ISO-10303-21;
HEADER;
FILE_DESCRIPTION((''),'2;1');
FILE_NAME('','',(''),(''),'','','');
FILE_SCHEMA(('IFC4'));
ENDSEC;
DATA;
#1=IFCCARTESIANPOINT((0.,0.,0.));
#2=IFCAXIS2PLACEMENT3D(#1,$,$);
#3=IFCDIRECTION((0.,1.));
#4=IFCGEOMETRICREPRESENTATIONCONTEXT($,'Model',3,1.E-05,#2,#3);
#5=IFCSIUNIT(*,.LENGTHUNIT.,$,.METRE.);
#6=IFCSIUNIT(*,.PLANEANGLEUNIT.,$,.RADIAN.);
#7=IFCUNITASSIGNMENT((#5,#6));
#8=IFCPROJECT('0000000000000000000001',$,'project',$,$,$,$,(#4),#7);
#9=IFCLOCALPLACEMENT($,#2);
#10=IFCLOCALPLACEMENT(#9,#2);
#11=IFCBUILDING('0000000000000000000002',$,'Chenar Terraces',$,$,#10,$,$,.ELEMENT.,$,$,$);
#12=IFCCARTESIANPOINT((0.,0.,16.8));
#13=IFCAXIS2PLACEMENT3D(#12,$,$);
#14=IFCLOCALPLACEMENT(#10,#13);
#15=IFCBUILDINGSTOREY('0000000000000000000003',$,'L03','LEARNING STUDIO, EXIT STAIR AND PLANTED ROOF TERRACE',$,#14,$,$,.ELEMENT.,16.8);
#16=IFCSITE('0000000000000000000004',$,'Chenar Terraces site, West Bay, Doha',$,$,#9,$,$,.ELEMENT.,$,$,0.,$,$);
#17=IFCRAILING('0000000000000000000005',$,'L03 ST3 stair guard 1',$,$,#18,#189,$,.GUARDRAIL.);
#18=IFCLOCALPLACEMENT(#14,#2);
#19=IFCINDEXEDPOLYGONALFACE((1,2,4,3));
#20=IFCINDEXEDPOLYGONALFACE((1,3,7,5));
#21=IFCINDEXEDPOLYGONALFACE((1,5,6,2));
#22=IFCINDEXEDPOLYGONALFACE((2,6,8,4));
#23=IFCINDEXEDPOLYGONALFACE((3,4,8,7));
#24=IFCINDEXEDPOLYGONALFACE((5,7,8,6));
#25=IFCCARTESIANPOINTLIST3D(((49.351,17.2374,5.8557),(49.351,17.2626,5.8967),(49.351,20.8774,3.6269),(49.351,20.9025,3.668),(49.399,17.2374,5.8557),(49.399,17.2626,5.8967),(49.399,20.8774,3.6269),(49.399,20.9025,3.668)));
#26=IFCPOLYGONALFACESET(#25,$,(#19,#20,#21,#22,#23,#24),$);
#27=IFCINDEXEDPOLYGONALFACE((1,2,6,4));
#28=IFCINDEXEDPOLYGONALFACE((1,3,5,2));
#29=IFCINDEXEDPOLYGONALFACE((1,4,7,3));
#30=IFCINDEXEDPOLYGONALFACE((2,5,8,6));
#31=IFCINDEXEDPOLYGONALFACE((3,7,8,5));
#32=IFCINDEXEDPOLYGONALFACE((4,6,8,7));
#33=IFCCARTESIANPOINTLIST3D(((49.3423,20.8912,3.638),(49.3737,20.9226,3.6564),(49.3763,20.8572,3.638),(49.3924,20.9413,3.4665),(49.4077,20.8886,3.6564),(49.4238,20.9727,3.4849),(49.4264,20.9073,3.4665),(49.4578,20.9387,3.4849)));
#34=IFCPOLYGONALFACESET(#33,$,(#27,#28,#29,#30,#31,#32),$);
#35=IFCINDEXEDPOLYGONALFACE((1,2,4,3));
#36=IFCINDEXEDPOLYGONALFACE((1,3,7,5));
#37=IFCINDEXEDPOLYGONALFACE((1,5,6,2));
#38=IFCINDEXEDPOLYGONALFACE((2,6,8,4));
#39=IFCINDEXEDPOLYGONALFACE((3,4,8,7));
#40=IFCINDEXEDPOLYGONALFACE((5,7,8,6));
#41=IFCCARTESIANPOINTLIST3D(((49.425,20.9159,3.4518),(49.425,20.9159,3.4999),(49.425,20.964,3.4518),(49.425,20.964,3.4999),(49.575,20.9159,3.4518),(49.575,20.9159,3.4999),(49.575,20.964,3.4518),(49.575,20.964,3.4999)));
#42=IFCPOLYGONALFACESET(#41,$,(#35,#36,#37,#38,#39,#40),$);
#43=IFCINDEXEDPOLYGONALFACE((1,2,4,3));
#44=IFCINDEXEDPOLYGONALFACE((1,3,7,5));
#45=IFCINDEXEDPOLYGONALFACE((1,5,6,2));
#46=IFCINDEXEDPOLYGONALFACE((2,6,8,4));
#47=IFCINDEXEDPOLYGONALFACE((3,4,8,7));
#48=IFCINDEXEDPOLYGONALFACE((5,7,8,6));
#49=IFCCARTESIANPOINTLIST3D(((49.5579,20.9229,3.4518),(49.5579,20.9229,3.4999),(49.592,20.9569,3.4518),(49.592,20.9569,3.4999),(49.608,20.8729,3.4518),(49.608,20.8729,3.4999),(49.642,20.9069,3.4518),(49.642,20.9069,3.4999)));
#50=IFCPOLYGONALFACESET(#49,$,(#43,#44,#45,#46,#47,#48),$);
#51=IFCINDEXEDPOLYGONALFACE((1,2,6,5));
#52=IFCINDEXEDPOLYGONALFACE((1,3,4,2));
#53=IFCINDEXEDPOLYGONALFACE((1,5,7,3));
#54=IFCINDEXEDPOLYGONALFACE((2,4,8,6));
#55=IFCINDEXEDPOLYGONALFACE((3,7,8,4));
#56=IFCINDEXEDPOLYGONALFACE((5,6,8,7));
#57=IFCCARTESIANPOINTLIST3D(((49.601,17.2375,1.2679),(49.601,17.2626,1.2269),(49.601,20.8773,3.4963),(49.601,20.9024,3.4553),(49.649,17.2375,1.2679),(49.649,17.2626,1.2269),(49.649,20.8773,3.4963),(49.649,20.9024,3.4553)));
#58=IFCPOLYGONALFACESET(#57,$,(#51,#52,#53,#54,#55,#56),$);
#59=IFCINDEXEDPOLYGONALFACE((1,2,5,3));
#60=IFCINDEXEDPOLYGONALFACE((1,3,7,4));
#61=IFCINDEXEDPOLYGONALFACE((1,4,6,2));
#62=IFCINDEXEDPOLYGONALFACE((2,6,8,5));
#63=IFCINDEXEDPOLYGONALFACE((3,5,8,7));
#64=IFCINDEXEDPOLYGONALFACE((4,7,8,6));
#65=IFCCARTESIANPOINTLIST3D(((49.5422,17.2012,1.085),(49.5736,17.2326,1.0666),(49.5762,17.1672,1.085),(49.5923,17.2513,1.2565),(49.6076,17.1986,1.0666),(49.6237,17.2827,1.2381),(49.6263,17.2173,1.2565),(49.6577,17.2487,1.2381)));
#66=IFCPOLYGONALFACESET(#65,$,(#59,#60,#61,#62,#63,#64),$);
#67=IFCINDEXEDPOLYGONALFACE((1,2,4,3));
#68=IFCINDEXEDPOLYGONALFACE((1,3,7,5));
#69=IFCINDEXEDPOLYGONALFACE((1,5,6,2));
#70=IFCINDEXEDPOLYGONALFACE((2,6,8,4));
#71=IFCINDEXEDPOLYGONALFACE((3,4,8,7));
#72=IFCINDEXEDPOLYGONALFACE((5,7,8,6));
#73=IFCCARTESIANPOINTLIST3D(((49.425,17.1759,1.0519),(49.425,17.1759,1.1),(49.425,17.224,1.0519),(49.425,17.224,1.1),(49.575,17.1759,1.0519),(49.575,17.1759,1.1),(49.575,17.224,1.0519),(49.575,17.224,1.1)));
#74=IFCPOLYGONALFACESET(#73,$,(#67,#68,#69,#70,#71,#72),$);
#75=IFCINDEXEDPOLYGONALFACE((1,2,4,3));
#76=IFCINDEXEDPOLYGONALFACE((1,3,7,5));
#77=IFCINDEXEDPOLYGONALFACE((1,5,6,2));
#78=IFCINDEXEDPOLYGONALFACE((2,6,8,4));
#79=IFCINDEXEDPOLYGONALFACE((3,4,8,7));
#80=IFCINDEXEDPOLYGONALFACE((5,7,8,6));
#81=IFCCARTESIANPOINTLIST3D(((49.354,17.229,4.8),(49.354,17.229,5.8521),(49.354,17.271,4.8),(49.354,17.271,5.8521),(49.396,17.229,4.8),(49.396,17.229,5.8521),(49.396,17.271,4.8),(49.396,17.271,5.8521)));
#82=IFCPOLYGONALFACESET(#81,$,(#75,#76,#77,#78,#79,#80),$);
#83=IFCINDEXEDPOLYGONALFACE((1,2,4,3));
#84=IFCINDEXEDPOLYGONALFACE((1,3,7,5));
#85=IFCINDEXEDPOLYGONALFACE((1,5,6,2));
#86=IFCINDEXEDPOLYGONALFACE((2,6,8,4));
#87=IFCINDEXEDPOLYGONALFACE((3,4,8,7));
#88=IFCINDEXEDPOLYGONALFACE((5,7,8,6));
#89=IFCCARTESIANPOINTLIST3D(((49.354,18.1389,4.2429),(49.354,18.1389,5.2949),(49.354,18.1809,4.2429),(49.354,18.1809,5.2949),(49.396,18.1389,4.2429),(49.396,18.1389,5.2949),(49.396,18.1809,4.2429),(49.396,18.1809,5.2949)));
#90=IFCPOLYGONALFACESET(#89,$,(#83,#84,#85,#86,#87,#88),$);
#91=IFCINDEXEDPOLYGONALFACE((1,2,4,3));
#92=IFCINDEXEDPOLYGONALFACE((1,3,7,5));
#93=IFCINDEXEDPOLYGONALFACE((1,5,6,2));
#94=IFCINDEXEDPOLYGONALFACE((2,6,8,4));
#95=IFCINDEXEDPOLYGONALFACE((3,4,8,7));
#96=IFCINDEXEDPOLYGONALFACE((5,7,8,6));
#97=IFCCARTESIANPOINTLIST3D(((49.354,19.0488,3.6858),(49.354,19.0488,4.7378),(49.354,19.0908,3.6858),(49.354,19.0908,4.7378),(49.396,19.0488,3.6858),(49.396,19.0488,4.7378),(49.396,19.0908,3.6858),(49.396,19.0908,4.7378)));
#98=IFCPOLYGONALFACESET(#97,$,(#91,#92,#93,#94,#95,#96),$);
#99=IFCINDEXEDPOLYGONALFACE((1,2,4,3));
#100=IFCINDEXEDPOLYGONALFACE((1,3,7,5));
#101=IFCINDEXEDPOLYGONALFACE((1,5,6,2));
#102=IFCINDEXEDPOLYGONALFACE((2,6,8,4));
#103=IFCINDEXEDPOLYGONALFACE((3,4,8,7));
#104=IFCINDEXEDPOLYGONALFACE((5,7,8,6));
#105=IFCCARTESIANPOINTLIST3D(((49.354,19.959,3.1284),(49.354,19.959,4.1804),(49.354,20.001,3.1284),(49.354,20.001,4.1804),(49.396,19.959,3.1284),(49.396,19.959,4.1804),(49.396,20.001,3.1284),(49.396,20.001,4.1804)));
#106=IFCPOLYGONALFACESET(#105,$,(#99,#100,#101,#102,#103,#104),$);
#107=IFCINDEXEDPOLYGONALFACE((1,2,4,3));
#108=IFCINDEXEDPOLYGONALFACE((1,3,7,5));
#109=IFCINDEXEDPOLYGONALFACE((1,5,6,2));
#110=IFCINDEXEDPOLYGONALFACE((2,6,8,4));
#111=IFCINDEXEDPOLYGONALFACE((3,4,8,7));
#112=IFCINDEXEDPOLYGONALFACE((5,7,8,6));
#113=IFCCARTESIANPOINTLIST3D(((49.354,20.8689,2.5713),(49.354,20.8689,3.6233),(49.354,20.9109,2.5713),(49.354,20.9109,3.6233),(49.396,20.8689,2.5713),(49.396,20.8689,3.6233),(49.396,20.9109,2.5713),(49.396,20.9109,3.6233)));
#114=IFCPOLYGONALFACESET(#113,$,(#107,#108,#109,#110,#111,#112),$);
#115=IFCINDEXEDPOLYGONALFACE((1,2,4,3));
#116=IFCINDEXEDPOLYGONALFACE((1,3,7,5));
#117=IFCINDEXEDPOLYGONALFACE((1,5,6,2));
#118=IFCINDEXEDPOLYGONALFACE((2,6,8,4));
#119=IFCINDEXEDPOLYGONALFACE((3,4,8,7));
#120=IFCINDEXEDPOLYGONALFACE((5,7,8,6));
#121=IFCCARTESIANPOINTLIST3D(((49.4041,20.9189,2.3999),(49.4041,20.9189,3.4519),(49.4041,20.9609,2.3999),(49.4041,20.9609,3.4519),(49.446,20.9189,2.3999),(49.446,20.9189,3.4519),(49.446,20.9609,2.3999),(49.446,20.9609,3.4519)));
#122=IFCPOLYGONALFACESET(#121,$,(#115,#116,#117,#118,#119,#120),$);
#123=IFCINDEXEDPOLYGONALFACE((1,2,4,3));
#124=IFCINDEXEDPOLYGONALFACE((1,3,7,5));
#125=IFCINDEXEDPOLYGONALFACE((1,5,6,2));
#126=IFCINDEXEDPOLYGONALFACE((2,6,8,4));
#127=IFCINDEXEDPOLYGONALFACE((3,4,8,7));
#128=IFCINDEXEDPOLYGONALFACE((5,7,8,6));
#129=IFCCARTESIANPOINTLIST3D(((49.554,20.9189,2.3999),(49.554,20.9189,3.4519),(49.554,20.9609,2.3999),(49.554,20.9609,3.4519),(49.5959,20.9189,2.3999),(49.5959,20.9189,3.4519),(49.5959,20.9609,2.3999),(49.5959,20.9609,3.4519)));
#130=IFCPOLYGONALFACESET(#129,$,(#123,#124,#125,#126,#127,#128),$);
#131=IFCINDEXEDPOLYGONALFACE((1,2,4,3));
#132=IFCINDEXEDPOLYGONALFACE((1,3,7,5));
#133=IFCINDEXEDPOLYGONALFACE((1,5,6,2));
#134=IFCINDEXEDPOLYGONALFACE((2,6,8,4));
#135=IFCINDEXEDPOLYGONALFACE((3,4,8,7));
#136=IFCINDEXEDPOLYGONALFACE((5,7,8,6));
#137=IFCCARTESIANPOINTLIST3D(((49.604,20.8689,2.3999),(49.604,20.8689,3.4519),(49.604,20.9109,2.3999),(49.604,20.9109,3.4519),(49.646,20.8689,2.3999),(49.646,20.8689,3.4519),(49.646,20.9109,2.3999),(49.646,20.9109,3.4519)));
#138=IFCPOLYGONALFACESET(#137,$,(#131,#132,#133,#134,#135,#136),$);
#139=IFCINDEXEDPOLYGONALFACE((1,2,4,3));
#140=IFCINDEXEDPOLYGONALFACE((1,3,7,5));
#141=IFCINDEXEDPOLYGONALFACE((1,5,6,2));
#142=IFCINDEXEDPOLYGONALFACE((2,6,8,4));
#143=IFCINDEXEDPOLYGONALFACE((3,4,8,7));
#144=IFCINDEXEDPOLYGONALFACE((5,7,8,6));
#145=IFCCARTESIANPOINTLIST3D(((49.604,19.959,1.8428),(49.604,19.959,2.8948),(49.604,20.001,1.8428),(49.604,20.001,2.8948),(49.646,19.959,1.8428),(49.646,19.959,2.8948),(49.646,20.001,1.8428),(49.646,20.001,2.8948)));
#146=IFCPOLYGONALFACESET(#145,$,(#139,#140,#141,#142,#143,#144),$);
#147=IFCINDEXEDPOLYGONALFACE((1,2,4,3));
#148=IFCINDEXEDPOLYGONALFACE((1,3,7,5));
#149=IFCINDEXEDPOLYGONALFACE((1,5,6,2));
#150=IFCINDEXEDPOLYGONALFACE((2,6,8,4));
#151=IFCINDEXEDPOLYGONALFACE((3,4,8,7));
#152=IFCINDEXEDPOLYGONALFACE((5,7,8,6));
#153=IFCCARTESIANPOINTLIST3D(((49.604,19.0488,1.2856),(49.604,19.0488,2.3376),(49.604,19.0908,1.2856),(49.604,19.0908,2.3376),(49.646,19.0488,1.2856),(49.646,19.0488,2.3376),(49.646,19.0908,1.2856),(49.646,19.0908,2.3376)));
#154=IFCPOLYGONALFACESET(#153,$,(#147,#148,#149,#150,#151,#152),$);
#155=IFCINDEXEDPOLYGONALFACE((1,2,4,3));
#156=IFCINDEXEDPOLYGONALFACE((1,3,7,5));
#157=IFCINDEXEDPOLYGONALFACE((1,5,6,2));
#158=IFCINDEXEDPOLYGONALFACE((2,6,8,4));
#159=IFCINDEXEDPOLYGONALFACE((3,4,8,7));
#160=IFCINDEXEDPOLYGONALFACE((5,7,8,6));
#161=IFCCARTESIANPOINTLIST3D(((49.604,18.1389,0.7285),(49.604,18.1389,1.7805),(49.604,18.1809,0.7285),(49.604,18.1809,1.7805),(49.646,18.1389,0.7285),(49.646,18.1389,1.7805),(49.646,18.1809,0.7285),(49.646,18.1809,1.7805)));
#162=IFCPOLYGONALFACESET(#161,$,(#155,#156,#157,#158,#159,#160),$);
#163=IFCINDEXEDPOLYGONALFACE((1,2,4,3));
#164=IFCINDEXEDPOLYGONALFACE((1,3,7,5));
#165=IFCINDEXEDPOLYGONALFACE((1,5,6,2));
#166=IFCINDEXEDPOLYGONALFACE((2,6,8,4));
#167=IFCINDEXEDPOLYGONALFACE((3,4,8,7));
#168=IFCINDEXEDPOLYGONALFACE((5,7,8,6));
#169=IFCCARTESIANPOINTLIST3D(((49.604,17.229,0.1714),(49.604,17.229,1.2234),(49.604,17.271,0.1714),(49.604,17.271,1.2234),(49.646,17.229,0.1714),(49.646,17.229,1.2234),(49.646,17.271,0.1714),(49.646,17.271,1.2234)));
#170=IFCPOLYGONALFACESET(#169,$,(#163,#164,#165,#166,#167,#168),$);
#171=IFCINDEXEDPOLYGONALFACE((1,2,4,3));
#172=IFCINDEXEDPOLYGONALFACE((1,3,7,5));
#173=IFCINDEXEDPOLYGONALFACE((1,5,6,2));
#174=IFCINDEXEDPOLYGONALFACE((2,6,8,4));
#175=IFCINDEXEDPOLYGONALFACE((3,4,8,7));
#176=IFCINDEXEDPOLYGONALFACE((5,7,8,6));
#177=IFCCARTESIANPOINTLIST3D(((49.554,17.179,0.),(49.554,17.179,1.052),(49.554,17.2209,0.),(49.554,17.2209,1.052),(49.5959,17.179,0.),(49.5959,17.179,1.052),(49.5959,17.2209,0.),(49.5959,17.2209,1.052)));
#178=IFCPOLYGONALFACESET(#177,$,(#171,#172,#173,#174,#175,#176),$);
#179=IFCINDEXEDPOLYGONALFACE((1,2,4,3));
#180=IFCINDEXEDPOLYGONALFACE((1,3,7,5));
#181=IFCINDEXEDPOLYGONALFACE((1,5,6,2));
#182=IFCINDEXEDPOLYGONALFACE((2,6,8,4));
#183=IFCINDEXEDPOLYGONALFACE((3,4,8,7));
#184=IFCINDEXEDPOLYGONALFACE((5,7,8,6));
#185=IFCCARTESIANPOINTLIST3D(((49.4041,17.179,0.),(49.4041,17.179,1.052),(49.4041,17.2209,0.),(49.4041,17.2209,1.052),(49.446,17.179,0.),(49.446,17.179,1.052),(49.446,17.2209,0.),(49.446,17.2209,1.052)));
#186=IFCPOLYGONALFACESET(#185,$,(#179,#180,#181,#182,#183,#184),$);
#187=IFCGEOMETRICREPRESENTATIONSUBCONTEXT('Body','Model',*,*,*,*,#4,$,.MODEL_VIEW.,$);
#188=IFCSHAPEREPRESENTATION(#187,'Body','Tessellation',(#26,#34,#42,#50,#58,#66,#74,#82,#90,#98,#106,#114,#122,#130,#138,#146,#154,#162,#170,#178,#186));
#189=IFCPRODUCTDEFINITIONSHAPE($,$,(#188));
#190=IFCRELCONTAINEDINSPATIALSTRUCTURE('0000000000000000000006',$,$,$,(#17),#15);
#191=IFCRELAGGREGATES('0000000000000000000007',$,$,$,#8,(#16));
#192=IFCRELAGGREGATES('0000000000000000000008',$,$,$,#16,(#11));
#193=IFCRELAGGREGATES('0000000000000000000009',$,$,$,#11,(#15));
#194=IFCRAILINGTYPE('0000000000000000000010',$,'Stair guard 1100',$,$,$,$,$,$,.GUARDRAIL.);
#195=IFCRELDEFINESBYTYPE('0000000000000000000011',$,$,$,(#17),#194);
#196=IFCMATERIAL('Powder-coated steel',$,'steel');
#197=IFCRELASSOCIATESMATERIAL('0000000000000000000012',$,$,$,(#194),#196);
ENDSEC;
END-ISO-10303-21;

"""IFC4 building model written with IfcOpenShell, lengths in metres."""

from ifc_helpers import new_model, si_unit, direction, frame, origin, origin_2d, place, context, subcontext, project, spatial, rectangle, extrude, material, type_object, element, save


model = new_model("IFC4")

# Units and contexts
model_context = context("Model", 3, precision=1e-05, world=origin(), true_north=direction((0.0, 1.0)))
body_context = subcontext(model_context, "Body", "Model", "MODEL_VIEW")
ifc_project = project(units=[si_unit("LENGTHUNIT", "METRE"), si_unit("PLANEANGLEUNIT", "RADIAN")], contexts=[model_context])

# Site, building, storey
site_placement = place(None, origin())
site = spatial("IfcSite", under=ifc_project, at=site_placement, Name="Chenar Terraces site, West Bay, Doha", CompositionType="ELEMENT", RefElevation=0.0)
building_placement = place(site_placement, origin())
building = spatial("IfcBuilding", under=site, at=building_placement, Name="Chenar Terraces", CompositionType="ELEMENT")
storey_placement = place(building_placement, frame((0.0, 0.0, 16.8)))
storey = spatial("IfcBuildingStorey", under=building, at=storey_placement, Name="L03", Description="LEARNING STUDIO, EXIT STAIR AND PLANTED ROOF TERRACE", CompositionType="ELEMENT", Elevation=16.8)

# Railing
ifc_material_1 = material(Name="Powder-coated steel", Category="steel")
railing_type_1 = type_object("IfcRailingType", Name="Stair guard 1100", PredefinedType="GUARDRAIL", material=ifc_material_1)
railing_1_placement = place(storey_placement, frame((49.375, 17.25, 4.8)))
element("IfcRailing", 1, at=railing_1_placement, inside=storey, type_object=railing_type_1, Name="L03 ST3 stair guard 1", PredefinedType="GUARDRAIL", context=body_context, shape_type="SweptSolid", body=[
    extrude(rectangle(XDim=0.0481, YDim=0.0481, at=origin_2d()), frame((0.0, 0.0, 1.0762), z_axis=(0.0, 0.852825, -0.522197), x_axis=(-1.0, 0.0, 0.0)), (0.0, 0.0, 1.0), 4.2681),
    extrude(rectangle(XDim=0.0481, YDim=0.0481, at=origin_2d()), frame((0.0, 3.6399, -1.1528), z_axis=(0.269911, 0.269911, -0.924281), x_axis=(-0.707107, 0.707107, 0.0)), (0.0, 0.0, 1.0), 0.1855),
    extrude(rectangle(XDim=0.0481, YDim=0.0481, at=origin_2d()), frame((0.05, 3.6899, -1.3242), z_axis=(1.0, 0.0, 0.0), x_axis=(0.0, 1.0, 0.0)), (0.0, 0.0, 1.0), 0.1499),
    extrude(rectangle(XDim=0.0481, YDim=0.0481, at=origin_2d()), frame((0.2, 3.6899, -1.3242), z_axis=(0.707107, -0.707107, 0.0), x_axis=(0.707107, 0.707107, 0.0)), (0.0, 0.0, 1.0), 0.0708),
    extrude(rectangle(XDim=0.0481, YDim=0.0481, at=origin_2d()), frame((0.25, 3.6399, -1.3242), z_axis=(0.0, -0.85285, -0.522156), x_axis=(1.0, 0.0, 0.0)), (0.0, 0.0, 1.0), 4.2678),
    extrude(rectangle(XDim=0.0481, YDim=0.0481, at=origin_2d()), frame((0.25, 0.0, -3.5527), z_axis=(-0.269911, -0.269911, -0.924281), x_axis=(0.707107, -0.707107, 0.0)), (0.0, 0.0, 1.0), 0.1855),
    extrude(rectangle(XDim=0.0481, YDim=0.0481, at=origin_2d()), frame((0.2, -0.05, -3.7241), z_axis=(-1.0, 0.0, 0.0), x_axis=(0.0, -1.0, 0.0)), (0.0, 0.0, 1.0), 0.1499),
    extrude(rectangle(XDim=0.042, YDim=0.042, at=origin_2d()), origin(), (0.0, 0.0, 1.0), 1.052),
    extrude(rectangle(XDim=0.042, YDim=0.042, at=origin_2d()), frame((0.0, 0.9099, -0.5571)), (0.0, 0.0, 1.0), 1.052),
    extrude(rectangle(XDim=0.042, YDim=0.042, at=origin_2d()), frame((0.0, 1.8198, -1.1143)), (0.0, 0.0, 1.0), 1.052),
    extrude(rectangle(XDim=0.042, YDim=0.042, at=origin_2d()), frame((0.0, 2.73, -1.6716)), (0.0, 0.0, 1.0), 1.052),
    extrude(rectangle(XDim=0.042, YDim=0.042, at=origin_2d()), frame((0.0, 3.6399, -2.2288)), (0.0, 0.0, 1.0), 1.052),
    extrude(rectangle(XDim=0.042, YDim=0.042, at=origin_2d()), frame((0.05, 3.6899, -2.4001)), (0.0, 0.0, 1.0), 1.052),
    extrude(rectangle(XDim=0.042, YDim=0.042, at=origin_2d()), frame((0.2, 3.6899, -2.4001)), (0.0, 0.0, 1.0), 1.052),
    extrude(rectangle(XDim=0.042, YDim=0.042, at=origin_2d()), frame((0.25, 3.6399, -2.4001)), (0.0, 0.0, 1.0), 1.052),
    extrude(rectangle(XDim=0.042, YDim=0.042, at=origin_2d()), frame((0.25, 2.73, -2.9573)), (0.0, 0.0, 1.0), 1.052),
    extrude(rectangle(XDim=0.042, YDim=0.042, at=origin_2d()), frame((0.25, 1.8198, -3.5144)), (0.0, 0.0, 1.0), 1.052),
    extrude(rectangle(XDim=0.042, YDim=0.042, at=origin_2d()), frame((0.25, 0.9099, -4.0715)), (0.0, 0.0, 1.0), 1.052),
    extrude(rectangle(XDim=0.042, YDim=0.042, at=origin_2d()), frame((0.25, 0.0, -4.6287)), (0.0, 0.0, 1.0), 1.052),
    extrude(rectangle(XDim=0.042, YDim=0.042, at=origin_2d()), frame((0.2, -0.05, -4.8)), (0.0, 0.0, 1.0), 1.052),
    extrude(rectangle(XDim=0.042, YDim=0.042, at=origin_2d()), frame((0.05, -0.05, -4.8)), (0.0, 0.0, 1.0), 1.052),
])

save(model, "model.ifc")
